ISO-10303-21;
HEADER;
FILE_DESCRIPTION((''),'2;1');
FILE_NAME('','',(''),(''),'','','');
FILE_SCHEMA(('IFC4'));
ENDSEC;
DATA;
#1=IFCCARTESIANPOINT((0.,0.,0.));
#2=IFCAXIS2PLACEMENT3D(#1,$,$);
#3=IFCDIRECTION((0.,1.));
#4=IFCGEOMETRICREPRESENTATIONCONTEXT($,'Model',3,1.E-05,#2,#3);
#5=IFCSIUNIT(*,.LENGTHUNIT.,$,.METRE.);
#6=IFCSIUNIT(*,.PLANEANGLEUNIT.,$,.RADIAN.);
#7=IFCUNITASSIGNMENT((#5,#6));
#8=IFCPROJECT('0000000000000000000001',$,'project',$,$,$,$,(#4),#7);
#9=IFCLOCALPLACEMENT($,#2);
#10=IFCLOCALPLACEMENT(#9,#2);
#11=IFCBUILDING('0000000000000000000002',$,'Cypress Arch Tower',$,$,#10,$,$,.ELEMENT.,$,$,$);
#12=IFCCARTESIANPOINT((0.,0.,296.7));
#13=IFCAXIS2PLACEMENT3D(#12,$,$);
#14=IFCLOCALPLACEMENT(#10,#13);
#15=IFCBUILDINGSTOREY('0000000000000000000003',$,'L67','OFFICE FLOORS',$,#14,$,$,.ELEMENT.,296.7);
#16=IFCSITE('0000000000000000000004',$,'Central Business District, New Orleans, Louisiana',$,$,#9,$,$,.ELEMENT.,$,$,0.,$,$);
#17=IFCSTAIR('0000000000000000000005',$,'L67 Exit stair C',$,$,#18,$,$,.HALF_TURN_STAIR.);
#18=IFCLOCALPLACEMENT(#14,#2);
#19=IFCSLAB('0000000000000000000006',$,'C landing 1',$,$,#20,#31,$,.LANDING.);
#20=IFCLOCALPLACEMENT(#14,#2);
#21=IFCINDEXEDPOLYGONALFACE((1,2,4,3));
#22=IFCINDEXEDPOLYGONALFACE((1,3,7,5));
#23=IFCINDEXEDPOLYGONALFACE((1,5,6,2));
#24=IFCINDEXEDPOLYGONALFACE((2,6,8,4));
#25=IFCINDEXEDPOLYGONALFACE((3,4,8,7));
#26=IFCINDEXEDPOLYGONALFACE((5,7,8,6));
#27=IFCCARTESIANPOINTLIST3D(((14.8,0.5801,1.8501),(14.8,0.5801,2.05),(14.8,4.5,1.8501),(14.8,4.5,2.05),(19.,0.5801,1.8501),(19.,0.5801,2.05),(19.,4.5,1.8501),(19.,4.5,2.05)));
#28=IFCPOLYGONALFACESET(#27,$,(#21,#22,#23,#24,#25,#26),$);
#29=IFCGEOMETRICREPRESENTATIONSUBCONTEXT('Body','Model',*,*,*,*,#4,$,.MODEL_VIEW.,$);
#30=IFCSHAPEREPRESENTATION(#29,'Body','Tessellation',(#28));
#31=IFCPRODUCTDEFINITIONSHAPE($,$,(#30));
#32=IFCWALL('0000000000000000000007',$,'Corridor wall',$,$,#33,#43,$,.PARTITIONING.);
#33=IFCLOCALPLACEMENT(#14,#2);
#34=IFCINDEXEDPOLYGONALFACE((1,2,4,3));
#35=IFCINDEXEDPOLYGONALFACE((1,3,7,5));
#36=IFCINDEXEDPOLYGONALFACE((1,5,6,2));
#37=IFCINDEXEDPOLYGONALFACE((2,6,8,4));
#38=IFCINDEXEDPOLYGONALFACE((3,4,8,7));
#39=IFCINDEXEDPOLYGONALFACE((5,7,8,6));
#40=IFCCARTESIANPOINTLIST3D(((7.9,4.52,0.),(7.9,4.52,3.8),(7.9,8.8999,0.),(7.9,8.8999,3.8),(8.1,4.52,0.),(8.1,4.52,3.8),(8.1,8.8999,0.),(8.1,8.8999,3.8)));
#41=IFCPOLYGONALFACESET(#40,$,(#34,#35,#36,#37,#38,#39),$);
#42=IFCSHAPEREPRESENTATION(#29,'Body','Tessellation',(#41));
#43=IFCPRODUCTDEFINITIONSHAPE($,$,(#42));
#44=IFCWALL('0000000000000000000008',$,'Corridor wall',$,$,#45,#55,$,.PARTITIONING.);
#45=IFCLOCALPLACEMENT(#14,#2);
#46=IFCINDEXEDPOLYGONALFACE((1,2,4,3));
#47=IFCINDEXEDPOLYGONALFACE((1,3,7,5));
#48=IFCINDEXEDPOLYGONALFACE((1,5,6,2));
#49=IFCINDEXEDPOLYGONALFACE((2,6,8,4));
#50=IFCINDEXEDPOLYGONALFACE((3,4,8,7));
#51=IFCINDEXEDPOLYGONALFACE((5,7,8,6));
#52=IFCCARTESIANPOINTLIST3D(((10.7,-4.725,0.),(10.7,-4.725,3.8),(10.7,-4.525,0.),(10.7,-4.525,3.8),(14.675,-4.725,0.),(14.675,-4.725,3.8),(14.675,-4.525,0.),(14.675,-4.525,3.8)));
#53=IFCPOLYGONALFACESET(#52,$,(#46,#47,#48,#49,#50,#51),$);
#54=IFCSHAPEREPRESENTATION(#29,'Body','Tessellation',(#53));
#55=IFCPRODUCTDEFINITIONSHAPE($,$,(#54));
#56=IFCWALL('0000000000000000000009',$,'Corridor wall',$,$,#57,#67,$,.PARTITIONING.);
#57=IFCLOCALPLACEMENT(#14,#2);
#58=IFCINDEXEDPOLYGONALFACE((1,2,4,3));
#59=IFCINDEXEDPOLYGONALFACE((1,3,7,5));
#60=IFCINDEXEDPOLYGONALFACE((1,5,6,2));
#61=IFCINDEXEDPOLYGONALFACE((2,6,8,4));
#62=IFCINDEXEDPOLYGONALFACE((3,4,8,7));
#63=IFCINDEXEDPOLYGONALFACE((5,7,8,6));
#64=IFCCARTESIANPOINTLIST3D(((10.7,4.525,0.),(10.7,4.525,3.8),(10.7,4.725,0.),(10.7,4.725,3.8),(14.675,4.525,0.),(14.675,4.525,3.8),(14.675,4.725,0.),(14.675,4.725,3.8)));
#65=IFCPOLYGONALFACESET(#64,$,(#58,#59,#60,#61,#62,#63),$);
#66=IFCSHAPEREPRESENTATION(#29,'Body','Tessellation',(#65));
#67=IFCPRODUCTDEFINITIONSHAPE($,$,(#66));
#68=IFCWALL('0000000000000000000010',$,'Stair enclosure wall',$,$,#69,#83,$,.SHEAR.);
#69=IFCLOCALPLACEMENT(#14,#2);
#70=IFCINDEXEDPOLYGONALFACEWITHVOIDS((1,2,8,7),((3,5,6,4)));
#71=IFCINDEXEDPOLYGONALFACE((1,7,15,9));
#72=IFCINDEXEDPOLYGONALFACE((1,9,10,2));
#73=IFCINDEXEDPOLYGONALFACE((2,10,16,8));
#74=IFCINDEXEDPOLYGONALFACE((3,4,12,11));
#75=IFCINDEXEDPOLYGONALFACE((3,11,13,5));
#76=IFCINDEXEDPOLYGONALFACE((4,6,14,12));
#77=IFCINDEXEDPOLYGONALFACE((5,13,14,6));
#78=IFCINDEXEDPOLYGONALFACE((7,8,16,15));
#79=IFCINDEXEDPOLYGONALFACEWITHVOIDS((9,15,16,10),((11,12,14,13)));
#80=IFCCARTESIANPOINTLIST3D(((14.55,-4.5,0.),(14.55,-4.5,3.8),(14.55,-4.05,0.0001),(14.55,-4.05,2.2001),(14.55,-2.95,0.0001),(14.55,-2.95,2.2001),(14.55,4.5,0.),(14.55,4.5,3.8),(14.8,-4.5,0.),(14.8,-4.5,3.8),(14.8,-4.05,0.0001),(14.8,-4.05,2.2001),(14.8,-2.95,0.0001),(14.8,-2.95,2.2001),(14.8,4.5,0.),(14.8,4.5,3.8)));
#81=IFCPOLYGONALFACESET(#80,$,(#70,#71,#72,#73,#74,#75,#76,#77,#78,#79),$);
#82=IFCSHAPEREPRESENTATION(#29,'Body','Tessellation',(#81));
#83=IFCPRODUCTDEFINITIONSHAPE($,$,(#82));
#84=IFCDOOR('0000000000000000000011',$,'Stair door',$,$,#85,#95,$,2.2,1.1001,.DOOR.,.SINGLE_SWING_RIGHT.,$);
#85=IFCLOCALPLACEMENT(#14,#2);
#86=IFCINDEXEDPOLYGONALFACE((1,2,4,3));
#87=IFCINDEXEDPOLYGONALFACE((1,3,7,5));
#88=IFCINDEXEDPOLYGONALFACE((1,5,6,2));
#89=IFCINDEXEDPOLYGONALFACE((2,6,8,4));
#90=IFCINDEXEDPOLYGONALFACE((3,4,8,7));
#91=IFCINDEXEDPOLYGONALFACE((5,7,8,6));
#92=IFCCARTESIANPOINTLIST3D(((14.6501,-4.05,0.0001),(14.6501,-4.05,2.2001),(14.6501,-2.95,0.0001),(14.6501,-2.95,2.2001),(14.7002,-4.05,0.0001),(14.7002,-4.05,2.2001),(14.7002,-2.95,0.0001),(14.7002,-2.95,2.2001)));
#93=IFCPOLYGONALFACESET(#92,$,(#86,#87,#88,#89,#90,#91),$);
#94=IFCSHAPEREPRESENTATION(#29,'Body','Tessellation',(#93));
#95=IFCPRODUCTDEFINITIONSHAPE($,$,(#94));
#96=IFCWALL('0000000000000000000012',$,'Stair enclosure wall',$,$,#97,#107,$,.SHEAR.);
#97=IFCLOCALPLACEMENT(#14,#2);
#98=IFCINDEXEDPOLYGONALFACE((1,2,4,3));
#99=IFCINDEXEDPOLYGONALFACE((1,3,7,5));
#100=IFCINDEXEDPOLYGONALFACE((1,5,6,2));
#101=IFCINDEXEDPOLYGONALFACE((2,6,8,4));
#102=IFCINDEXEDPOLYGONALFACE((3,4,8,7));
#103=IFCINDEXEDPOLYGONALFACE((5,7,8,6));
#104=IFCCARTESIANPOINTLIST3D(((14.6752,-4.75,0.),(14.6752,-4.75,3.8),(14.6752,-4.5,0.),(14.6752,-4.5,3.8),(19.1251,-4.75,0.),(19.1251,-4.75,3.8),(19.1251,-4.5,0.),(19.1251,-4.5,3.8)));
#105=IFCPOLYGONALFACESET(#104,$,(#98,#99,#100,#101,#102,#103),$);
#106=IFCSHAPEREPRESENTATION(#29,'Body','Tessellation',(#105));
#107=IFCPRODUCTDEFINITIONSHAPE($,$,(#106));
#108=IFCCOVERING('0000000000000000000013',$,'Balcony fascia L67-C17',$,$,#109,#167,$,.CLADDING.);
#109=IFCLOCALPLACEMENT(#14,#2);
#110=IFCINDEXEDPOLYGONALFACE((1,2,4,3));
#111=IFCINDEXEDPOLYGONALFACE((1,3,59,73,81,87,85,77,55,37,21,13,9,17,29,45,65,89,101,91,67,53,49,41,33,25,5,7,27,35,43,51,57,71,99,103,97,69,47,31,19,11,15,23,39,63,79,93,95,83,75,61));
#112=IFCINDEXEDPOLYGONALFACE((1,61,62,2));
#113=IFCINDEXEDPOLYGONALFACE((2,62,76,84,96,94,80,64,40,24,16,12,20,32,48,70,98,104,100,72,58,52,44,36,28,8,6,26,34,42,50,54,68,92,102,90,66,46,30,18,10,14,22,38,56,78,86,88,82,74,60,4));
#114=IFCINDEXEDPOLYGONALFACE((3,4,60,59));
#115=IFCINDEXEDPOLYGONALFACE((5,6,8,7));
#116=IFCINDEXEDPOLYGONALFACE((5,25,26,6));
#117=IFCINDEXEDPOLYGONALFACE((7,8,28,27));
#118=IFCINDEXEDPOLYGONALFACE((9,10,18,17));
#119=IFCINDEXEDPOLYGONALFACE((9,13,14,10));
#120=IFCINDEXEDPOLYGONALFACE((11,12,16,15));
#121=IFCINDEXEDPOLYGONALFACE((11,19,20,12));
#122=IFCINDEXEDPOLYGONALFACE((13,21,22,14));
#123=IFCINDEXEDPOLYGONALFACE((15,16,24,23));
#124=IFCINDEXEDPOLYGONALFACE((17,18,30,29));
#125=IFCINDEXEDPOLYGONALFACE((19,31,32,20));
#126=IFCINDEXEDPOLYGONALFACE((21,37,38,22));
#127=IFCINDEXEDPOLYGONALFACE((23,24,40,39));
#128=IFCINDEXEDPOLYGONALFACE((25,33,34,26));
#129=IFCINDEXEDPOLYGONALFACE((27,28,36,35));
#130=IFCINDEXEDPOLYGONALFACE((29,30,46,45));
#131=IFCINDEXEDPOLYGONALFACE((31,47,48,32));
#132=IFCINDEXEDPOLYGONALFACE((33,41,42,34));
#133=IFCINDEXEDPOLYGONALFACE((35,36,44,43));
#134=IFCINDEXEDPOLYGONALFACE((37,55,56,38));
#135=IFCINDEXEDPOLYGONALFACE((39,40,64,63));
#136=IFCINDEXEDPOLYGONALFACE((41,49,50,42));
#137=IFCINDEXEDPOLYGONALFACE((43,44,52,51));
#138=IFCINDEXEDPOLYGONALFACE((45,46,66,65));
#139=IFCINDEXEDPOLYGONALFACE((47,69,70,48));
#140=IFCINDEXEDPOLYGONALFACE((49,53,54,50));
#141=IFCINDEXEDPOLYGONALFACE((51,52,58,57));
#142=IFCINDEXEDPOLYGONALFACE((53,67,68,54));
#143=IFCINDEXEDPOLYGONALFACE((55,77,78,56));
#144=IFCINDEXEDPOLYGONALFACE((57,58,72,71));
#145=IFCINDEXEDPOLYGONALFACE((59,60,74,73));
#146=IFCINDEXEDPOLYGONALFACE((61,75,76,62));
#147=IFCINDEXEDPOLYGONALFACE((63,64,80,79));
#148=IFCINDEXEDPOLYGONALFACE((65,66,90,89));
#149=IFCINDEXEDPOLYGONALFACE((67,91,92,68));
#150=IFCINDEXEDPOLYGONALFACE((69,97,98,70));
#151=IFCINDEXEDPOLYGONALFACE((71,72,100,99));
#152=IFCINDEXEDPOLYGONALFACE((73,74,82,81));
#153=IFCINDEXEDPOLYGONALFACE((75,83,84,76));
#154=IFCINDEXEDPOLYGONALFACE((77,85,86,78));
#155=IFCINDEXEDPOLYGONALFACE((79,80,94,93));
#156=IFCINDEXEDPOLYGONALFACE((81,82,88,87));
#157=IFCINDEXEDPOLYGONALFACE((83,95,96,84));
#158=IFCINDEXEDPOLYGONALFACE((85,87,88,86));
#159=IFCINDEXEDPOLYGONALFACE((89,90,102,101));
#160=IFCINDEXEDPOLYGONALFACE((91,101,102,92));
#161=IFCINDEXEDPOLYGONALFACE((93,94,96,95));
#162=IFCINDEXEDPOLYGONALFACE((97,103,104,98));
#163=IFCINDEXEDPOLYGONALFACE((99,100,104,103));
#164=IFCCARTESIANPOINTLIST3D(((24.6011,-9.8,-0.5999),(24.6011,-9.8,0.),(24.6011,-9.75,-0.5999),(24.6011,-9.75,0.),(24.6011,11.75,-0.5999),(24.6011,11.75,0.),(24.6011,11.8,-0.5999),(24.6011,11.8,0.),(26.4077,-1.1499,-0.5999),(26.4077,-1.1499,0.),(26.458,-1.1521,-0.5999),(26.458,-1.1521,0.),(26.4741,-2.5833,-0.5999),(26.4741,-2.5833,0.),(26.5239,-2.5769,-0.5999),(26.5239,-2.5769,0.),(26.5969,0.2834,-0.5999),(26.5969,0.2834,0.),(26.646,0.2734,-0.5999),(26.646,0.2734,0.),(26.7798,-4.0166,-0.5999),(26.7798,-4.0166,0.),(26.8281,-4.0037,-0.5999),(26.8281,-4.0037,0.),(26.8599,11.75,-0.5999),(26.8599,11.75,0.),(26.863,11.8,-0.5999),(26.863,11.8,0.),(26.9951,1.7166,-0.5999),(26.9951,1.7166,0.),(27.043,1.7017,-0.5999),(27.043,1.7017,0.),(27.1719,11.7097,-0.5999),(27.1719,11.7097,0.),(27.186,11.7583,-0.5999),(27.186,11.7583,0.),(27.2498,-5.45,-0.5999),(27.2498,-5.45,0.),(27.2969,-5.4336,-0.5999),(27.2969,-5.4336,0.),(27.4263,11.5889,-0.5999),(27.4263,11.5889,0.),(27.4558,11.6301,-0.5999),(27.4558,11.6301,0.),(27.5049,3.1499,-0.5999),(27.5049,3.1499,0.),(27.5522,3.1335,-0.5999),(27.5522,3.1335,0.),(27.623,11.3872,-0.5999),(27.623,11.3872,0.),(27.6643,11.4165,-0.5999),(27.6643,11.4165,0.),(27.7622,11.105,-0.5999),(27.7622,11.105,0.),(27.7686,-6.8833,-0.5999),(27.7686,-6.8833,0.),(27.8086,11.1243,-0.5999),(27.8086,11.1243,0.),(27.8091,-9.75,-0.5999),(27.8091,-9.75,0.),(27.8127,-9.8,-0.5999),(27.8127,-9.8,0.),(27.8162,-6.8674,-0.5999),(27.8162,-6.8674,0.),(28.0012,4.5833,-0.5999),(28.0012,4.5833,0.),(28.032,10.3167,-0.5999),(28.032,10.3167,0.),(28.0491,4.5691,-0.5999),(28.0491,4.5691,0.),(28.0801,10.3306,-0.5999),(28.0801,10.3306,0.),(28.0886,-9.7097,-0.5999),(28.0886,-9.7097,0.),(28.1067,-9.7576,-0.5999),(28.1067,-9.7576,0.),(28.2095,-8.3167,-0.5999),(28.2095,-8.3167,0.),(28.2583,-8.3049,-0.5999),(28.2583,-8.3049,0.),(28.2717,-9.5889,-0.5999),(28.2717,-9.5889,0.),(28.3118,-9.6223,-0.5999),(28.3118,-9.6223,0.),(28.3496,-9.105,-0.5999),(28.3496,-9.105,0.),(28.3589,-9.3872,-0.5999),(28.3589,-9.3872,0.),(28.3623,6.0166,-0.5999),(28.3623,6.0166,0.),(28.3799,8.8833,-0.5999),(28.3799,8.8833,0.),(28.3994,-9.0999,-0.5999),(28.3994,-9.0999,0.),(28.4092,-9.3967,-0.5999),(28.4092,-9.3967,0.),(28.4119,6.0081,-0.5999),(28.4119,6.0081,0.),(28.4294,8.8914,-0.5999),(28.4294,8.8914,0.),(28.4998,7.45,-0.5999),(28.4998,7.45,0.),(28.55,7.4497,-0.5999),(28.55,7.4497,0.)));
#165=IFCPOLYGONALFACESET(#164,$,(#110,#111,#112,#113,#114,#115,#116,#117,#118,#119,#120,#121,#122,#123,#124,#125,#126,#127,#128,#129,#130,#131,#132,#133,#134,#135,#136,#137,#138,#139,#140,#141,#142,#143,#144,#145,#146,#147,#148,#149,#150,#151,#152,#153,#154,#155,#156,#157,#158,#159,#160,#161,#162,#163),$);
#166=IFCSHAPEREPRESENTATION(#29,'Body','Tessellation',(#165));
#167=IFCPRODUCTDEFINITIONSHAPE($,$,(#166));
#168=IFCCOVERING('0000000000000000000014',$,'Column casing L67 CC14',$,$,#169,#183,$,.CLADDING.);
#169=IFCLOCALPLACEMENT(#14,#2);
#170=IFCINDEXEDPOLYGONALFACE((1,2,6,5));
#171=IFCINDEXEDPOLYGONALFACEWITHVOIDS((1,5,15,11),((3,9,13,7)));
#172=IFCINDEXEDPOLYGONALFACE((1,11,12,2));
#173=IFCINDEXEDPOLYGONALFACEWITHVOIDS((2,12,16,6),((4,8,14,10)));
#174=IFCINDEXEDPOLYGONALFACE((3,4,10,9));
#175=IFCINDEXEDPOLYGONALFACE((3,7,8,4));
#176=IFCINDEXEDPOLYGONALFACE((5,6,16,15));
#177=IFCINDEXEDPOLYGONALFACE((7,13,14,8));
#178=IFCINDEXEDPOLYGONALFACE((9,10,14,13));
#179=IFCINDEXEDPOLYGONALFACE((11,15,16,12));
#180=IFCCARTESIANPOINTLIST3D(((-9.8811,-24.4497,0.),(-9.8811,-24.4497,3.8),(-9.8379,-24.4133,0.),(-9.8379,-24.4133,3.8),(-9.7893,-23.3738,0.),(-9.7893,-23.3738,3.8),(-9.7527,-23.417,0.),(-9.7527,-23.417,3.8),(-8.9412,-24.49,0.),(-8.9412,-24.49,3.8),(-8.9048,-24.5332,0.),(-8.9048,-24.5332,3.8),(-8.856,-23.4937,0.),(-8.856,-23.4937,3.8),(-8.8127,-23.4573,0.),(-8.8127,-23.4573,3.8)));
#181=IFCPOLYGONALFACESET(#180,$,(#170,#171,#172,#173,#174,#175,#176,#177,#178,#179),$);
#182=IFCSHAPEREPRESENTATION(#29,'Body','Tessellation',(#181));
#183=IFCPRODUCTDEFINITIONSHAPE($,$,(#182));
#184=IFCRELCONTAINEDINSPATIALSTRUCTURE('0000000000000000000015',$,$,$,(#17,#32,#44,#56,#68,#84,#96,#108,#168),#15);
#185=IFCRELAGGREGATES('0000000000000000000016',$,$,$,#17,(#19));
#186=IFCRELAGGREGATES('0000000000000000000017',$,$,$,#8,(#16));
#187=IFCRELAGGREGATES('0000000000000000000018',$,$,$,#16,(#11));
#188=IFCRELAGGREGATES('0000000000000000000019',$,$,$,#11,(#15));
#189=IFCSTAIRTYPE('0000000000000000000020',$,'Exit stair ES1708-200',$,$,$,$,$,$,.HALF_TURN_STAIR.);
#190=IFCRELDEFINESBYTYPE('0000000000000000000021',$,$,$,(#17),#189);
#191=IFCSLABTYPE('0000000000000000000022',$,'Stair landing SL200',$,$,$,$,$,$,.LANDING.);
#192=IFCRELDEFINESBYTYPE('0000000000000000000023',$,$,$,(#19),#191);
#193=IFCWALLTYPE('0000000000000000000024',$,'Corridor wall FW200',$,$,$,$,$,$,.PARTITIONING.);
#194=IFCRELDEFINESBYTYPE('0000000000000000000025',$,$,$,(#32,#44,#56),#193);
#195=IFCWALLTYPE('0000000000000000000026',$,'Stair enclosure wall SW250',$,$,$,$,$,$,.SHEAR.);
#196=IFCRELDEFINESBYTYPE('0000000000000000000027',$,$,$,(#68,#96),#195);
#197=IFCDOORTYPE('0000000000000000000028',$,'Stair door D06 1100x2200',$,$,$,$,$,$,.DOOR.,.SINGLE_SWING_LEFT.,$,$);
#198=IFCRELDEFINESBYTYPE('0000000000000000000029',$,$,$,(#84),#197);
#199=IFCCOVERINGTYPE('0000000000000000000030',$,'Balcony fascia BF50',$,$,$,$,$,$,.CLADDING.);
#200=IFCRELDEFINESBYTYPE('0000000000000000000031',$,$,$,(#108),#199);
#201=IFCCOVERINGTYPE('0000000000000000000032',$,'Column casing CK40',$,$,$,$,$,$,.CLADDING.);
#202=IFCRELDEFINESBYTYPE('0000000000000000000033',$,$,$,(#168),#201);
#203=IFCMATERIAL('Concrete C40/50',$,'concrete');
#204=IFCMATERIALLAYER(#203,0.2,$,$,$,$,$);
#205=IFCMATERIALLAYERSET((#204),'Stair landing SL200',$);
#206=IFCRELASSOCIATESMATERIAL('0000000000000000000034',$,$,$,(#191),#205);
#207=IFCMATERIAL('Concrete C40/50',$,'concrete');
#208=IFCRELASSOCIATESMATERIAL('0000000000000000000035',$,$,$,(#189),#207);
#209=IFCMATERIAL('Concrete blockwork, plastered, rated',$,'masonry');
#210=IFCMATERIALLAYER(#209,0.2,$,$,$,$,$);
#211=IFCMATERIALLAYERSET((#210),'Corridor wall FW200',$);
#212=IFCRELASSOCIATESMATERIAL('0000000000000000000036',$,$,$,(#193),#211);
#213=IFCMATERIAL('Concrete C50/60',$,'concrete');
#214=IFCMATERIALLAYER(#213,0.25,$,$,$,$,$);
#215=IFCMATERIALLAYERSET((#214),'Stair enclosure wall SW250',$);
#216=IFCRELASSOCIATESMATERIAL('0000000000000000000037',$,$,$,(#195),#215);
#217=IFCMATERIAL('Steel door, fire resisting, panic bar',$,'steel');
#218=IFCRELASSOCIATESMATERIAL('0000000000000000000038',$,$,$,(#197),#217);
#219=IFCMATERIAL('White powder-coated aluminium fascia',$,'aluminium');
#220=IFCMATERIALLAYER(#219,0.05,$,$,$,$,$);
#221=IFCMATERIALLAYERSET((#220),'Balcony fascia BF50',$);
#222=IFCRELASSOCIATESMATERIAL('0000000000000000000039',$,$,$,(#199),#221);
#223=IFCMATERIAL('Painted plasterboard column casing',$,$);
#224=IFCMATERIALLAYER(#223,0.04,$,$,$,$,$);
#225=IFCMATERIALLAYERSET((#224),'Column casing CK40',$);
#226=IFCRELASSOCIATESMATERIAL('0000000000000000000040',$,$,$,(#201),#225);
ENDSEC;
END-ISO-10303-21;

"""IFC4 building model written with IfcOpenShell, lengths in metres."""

from ifc_helpers import new_model, si_unit, direction, frame, frame_2d, origin, place, context, subcontext, project, spatial, polyline, rectangle, outline, extrude, material, layer, layer_set, type_object, element, fill, aggregate, save


model = new_model("IFC4")

# Units and contexts
model_context = context("Model", 3, precision=1e-05, world=origin(), true_north=direction((0.0, 1.0)))
body_context = subcontext(model_context, "Body", "Model", "MODEL_VIEW")
ifc_project = project(units=[si_unit("LENGTHUNIT", "METRE"), si_unit("PLANEANGLEUNIT", "RADIAN")], contexts=[model_context])

# Site, building, storey
site_placement = place(None, origin())
site = spatial("IfcSite", under=ifc_project, at=site_placement, Name="Central Business District, New Orleans, Louisiana", CompositionType="ELEMENT", RefElevation=0.0)
building_placement = place(site_placement, origin())
building = spatial("IfcBuilding", under=site, at=building_placement, Name="Cypress Arch Tower", CompositionType="ELEMENT")
storey_placement = place(building_placement, frame((0.0, 0.0, 296.7)))
storey = spatial("IfcBuildingStorey", under=building, at=storey_placement, Name="L67", Description="OFFICE FLOORS", CompositionType="ELEMENT", Elevation=296.7)

# Stair, slab
ifc_material_1 = material(Name="Concrete C40/50", Category="concrete")
ifc_layer_1 = layer(ifc_material_1, 0.2)
ifc_layer_set_1 = layer_set([ifc_layer_1], Name="Stair landing SL200")
slab_type_1 = type_object("IfcSlabType", Name="Stair landing SL200", PredefinedType="LANDING", material=ifc_layer_set_1)
ifc_material_2 = material(Name="Concrete C40/50", Category="concrete")
stair_type_1 = type_object("IfcStairType", Name="Exit stair ES1708-200", PredefinedType="HALF_TURN_STAIR", material=ifc_material_2)
stair_1_placement = place(storey_placement, origin())
stair_1 = element("IfcStair", 1, at=stair_1_placement, inside=storey, type_object=stair_type_1, Name="L67 Exit stair C", PredefinedType="HALF_TURN_STAIR")
slab_1_placement = place(storey_placement, frame((0.0, 0.0, 1.8501)))
slab_1 = element("IfcSlab", 2, at=slab_1_placement, type_object=slab_type_1, Name="C landing 1", PredefinedType="LANDING", context=body_context, shape_type="SweptSolid", body=[
    extrude(outline(polyline([(19.0, 0.5801), (19.0, 4.5), (14.8, 4.5), (14.8, 0.5801), (19.0, 0.5801)])), origin(), (0.0, 0.0, 1.0), 0.2),
])
aggregate(stair_1, [slab_1])

# Walls
ifc_material_3 = material(Name="Concrete blockwork, plastered, rated", Category="masonry")
ifc_layer_2 = layer(ifc_material_3, 0.2)
ifc_layer_set_2 = layer_set([ifc_layer_2], Name="Corridor wall FW200")
wall_type_1 = type_object("IfcWallType", Name="Corridor wall FW200", PredefinedType="PARTITIONING", material=ifc_layer_set_2)
wall_1_placement = place(storey_placement, frame((8.0, 4.52, 0.0), z_axis=(0.0, 0.0, 1.0), x_axis=(0.0, 1.0, 0.0)))
element("IfcWall", 3, at=wall_1_placement, inside=storey, type_object=wall_type_1, Name="Corridor wall", PredefinedType="PARTITIONING", context=body_context, shape_type="SweptSolid", body=[
    extrude(rectangle(XDim=4.3799, YDim=0.2, at=frame_2d((2.1899, 0.0))), origin(), (0.0, 0.0, 1.0), 3.8),
])
for number, where, z_axis, x_axis, name in (
    (4, (10.7, -4.625, 0.0), (0.0, 0.0, 1.0), (1.0, 0.0, 0.0), "Corridor wall"),
    (5, (10.7, 4.625, 0.0), (0.0, 0.0, 1.0), (1.0, 0.0, 0.0), "Corridor wall"),
):
    element("IfcWall", number, at=place(storey_placement, frame(where, z_axis=z_axis, x_axis=x_axis)), inside=storey, type_object=wall_type_1, Name=name, PredefinedType="PARTITIONING", context=body_context, shape_type="SweptSolid", body=[
        extrude(rectangle(XDim=3.9751, YDim=0.2, at=frame_2d((1.9875, 0.0))), origin(), (0.0, 0.0, 1.0), 3.8),
    ])

# Wall, opening, door
ifc_material_4 = material(Name="Concrete C50/60", Category="concrete")
ifc_layer_3 = layer(ifc_material_4, 0.25)
ifc_layer_set_3 = layer_set([ifc_layer_3], Name="Stair enclosure wall SW250")
wall_type_2 = type_object("IfcWallType", Name="Stair enclosure wall SW250", PredefinedType="SHEAR", material=ifc_layer_set_3)
wall_2_placement = place(storey_placement, frame((14.675, -4.5, 0.0), z_axis=(0.0, 0.0, 1.0), x_axis=(0.0, 1.0, 0.0)))
wall_2 = element("IfcWall", 6, at=wall_2_placement, inside=storey, type_object=wall_type_2, Name="Stair enclosure wall", PredefinedType="SHEAR", context=body_context, shape_type="SweptSolid", body=[
    extrude(rectangle(XDim=9.0, YDim=0.25, at=frame_2d((4.5, 0.0))), origin(), (0.0, 0.0, 1.0), 3.8),
])
opening_placement = place(wall_2_placement, frame((0.45, 0.0, 0.0)))
opening = element("IfcOpeningElement", 7, at=opening_placement, cuts=wall_2, PredefinedType="OPENING", context=body_context, shape_type="SweptSolid", body=[
    extrude(rectangle(XDim=1.1001, YDim=2.2, at=frame_2d((0.55, 1.1001))), frame((0.0, 0.135, 0.0), z_axis=(0.0, -1.0, 0.0), x_axis=(1.0, 0.0, 0.0)), (0.0, 0.0, 1.0), 0.27),
])
ifc_material_5 = material(Name="Steel door, fire resisting, panic bar", Category="steel")
door_type = type_object("IfcDoorType", Name="Stair door D06 1100x2200", OperationType="SINGLE_SWING_LEFT", PredefinedType="DOOR", material=ifc_material_5)
door_placement = place(opening_placement, origin())
door = element("IfcDoor", 8, at=door_placement, inside=storey, type_object=door_type, Name="Stair door", OperationType="SINGLE_SWING_RIGHT", OverallHeight=2.2, OverallWidth=1.1001, PredefinedType="DOOR", context=body_context, shape_type="SweptSolid", body=[
    extrude(rectangle(XDim=1.1001, YDim=2.2, at=frame_2d((0.55, 1.1001))), frame((0.0, 0.0249, 0.0), z_axis=(0.0, -1.0, 0.0), x_axis=(1.0, 0.0, 0.0)), (0.0, 0.0, 1.0), 0.05),
])
fill(opening, door)

# Wall
wall_3_placement = place(storey_placement, frame((14.675, -4.625, 0.0), z_axis=(0.0, 0.0, 1.0), x_axis=(1.0, 0.0, 0.0)))
element("IfcWall", 9, at=wall_3_placement, inside=storey, type_object=wall_type_2, Name="Stair enclosure wall", PredefinedType="SHEAR", context=body_context, shape_type="SweptSolid", body=[
    extrude(rectangle(XDim=4.45, YDim=0.25, at=frame_2d((2.2251, 0.0))), origin(), (0.0, 0.0, 1.0), 3.8),
])

# Coverings
ifc_material_6 = material(Name="White powder-coated aluminium fascia", Category="aluminium")
ifc_layer_4 = layer(ifc_material_6, 0.05)
ifc_layer_set_4 = layer_set([ifc_layer_4], Name="Balcony fascia BF50")
covering_type_1 = type_object("IfcCoveringType", Name="Balcony fascia BF50", PredefinedType="CLADDING", material=ifc_layer_set_4)
covering_1_placement = place(storey_placement, frame((0.0, 0.0, -0.5999)))
element("IfcCovering", 10, at=covering_1_placement, inside=storey, type_object=covering_type_1, Name="Balcony fascia L67-C17", PredefinedType="CLADDING", context=body_context, shape_type="SweptSolid", body=[
    extrude(outline(polyline([(26.863, 11.8), (27.186, 11.7583), (27.4558, 11.6301), (27.6643, 11.4165), (27.8086, 11.1243), (28.0801, 10.3306), (28.4294, 8.8914), (28.55, 7.4497), (28.4119, 6.0081), (28.0491, 4.5691), (27.5522, 3.1335), (27.043, 1.7017), (26.646, 0.2734), (26.458, -1.1521), (26.5239, -2.5769), (26.8281, -4.0037), (27.2969, -5.4336), (27.8162, -6.8674), (28.2583, -8.3049), (28.3994, -9.0999), (28.4092, -9.3967), (28.3118, -9.6223), (28.1067, -9.7576), (27.8127, -9.8), (24.6011, -9.8), (24.6011, -9.75), (27.8091, -9.75), (28.0886, -9.7097), (28.2717, -9.5889), (28.3589, -9.3872), (28.3496, -9.105), (28.2095, -8.3167), (27.7686, -6.8833), (27.2498, -5.45), (26.7798, -4.0166), (26.4741, -2.5833), (26.4077, -1.1499), (26.5969, 0.2834), (26.9951, 1.7166), (27.5049, 3.1499), (28.0012, 4.5833), (28.3623, 6.0166), (28.4998, 7.45), (28.3799, 8.8833), (28.032, 10.3167), (27.7622, 11.105), (27.623, 11.3872), (27.4263, 11.5889), (27.1719, 11.7097), (26.8599, 11.75), (24.6011, 11.75), (24.6011, 11.8), (26.863, 11.8)])), origin(), (0.0, 0.0, 1.0), 0.5999),
])
ifc_material_7 = material(Name="Painted plasterboard column casing")
ifc_layer_5 = layer(ifc_material_7, 0.04)
ifc_layer_set_5 = layer_set([ifc_layer_5], Name="Column casing CK40")
covering_type_2 = type_object("IfcCoveringType", Name="Column casing CK40", PredefinedType="CLADDING", material=ifc_layer_set_5)
covering_2_placement = place(storey_placement, origin())
element("IfcCovering", 11, at=covering_2_placement, inside=storey, type_object=covering_type_2, Name="Column casing L67 CC14", PredefinedType="CLADDING", context=body_context, shape_type="SweptSolid", body=[
    extrude(outline(polyline([(-9.8811, -24.4497), (-9.7893, -23.3738), (-8.8127, -23.4573), (-8.9048, -24.5332), (-9.8811, -24.4497)]), holes=[polyline([(-9.8379, -24.4133), (-8.9412, -24.49), (-8.856, -23.4937), (-9.7527, -23.417), (-9.8379, -24.4133)])]), origin(), (0.0, 0.0, 1.0), 3.8),
])

save(model, "model.ifc")
